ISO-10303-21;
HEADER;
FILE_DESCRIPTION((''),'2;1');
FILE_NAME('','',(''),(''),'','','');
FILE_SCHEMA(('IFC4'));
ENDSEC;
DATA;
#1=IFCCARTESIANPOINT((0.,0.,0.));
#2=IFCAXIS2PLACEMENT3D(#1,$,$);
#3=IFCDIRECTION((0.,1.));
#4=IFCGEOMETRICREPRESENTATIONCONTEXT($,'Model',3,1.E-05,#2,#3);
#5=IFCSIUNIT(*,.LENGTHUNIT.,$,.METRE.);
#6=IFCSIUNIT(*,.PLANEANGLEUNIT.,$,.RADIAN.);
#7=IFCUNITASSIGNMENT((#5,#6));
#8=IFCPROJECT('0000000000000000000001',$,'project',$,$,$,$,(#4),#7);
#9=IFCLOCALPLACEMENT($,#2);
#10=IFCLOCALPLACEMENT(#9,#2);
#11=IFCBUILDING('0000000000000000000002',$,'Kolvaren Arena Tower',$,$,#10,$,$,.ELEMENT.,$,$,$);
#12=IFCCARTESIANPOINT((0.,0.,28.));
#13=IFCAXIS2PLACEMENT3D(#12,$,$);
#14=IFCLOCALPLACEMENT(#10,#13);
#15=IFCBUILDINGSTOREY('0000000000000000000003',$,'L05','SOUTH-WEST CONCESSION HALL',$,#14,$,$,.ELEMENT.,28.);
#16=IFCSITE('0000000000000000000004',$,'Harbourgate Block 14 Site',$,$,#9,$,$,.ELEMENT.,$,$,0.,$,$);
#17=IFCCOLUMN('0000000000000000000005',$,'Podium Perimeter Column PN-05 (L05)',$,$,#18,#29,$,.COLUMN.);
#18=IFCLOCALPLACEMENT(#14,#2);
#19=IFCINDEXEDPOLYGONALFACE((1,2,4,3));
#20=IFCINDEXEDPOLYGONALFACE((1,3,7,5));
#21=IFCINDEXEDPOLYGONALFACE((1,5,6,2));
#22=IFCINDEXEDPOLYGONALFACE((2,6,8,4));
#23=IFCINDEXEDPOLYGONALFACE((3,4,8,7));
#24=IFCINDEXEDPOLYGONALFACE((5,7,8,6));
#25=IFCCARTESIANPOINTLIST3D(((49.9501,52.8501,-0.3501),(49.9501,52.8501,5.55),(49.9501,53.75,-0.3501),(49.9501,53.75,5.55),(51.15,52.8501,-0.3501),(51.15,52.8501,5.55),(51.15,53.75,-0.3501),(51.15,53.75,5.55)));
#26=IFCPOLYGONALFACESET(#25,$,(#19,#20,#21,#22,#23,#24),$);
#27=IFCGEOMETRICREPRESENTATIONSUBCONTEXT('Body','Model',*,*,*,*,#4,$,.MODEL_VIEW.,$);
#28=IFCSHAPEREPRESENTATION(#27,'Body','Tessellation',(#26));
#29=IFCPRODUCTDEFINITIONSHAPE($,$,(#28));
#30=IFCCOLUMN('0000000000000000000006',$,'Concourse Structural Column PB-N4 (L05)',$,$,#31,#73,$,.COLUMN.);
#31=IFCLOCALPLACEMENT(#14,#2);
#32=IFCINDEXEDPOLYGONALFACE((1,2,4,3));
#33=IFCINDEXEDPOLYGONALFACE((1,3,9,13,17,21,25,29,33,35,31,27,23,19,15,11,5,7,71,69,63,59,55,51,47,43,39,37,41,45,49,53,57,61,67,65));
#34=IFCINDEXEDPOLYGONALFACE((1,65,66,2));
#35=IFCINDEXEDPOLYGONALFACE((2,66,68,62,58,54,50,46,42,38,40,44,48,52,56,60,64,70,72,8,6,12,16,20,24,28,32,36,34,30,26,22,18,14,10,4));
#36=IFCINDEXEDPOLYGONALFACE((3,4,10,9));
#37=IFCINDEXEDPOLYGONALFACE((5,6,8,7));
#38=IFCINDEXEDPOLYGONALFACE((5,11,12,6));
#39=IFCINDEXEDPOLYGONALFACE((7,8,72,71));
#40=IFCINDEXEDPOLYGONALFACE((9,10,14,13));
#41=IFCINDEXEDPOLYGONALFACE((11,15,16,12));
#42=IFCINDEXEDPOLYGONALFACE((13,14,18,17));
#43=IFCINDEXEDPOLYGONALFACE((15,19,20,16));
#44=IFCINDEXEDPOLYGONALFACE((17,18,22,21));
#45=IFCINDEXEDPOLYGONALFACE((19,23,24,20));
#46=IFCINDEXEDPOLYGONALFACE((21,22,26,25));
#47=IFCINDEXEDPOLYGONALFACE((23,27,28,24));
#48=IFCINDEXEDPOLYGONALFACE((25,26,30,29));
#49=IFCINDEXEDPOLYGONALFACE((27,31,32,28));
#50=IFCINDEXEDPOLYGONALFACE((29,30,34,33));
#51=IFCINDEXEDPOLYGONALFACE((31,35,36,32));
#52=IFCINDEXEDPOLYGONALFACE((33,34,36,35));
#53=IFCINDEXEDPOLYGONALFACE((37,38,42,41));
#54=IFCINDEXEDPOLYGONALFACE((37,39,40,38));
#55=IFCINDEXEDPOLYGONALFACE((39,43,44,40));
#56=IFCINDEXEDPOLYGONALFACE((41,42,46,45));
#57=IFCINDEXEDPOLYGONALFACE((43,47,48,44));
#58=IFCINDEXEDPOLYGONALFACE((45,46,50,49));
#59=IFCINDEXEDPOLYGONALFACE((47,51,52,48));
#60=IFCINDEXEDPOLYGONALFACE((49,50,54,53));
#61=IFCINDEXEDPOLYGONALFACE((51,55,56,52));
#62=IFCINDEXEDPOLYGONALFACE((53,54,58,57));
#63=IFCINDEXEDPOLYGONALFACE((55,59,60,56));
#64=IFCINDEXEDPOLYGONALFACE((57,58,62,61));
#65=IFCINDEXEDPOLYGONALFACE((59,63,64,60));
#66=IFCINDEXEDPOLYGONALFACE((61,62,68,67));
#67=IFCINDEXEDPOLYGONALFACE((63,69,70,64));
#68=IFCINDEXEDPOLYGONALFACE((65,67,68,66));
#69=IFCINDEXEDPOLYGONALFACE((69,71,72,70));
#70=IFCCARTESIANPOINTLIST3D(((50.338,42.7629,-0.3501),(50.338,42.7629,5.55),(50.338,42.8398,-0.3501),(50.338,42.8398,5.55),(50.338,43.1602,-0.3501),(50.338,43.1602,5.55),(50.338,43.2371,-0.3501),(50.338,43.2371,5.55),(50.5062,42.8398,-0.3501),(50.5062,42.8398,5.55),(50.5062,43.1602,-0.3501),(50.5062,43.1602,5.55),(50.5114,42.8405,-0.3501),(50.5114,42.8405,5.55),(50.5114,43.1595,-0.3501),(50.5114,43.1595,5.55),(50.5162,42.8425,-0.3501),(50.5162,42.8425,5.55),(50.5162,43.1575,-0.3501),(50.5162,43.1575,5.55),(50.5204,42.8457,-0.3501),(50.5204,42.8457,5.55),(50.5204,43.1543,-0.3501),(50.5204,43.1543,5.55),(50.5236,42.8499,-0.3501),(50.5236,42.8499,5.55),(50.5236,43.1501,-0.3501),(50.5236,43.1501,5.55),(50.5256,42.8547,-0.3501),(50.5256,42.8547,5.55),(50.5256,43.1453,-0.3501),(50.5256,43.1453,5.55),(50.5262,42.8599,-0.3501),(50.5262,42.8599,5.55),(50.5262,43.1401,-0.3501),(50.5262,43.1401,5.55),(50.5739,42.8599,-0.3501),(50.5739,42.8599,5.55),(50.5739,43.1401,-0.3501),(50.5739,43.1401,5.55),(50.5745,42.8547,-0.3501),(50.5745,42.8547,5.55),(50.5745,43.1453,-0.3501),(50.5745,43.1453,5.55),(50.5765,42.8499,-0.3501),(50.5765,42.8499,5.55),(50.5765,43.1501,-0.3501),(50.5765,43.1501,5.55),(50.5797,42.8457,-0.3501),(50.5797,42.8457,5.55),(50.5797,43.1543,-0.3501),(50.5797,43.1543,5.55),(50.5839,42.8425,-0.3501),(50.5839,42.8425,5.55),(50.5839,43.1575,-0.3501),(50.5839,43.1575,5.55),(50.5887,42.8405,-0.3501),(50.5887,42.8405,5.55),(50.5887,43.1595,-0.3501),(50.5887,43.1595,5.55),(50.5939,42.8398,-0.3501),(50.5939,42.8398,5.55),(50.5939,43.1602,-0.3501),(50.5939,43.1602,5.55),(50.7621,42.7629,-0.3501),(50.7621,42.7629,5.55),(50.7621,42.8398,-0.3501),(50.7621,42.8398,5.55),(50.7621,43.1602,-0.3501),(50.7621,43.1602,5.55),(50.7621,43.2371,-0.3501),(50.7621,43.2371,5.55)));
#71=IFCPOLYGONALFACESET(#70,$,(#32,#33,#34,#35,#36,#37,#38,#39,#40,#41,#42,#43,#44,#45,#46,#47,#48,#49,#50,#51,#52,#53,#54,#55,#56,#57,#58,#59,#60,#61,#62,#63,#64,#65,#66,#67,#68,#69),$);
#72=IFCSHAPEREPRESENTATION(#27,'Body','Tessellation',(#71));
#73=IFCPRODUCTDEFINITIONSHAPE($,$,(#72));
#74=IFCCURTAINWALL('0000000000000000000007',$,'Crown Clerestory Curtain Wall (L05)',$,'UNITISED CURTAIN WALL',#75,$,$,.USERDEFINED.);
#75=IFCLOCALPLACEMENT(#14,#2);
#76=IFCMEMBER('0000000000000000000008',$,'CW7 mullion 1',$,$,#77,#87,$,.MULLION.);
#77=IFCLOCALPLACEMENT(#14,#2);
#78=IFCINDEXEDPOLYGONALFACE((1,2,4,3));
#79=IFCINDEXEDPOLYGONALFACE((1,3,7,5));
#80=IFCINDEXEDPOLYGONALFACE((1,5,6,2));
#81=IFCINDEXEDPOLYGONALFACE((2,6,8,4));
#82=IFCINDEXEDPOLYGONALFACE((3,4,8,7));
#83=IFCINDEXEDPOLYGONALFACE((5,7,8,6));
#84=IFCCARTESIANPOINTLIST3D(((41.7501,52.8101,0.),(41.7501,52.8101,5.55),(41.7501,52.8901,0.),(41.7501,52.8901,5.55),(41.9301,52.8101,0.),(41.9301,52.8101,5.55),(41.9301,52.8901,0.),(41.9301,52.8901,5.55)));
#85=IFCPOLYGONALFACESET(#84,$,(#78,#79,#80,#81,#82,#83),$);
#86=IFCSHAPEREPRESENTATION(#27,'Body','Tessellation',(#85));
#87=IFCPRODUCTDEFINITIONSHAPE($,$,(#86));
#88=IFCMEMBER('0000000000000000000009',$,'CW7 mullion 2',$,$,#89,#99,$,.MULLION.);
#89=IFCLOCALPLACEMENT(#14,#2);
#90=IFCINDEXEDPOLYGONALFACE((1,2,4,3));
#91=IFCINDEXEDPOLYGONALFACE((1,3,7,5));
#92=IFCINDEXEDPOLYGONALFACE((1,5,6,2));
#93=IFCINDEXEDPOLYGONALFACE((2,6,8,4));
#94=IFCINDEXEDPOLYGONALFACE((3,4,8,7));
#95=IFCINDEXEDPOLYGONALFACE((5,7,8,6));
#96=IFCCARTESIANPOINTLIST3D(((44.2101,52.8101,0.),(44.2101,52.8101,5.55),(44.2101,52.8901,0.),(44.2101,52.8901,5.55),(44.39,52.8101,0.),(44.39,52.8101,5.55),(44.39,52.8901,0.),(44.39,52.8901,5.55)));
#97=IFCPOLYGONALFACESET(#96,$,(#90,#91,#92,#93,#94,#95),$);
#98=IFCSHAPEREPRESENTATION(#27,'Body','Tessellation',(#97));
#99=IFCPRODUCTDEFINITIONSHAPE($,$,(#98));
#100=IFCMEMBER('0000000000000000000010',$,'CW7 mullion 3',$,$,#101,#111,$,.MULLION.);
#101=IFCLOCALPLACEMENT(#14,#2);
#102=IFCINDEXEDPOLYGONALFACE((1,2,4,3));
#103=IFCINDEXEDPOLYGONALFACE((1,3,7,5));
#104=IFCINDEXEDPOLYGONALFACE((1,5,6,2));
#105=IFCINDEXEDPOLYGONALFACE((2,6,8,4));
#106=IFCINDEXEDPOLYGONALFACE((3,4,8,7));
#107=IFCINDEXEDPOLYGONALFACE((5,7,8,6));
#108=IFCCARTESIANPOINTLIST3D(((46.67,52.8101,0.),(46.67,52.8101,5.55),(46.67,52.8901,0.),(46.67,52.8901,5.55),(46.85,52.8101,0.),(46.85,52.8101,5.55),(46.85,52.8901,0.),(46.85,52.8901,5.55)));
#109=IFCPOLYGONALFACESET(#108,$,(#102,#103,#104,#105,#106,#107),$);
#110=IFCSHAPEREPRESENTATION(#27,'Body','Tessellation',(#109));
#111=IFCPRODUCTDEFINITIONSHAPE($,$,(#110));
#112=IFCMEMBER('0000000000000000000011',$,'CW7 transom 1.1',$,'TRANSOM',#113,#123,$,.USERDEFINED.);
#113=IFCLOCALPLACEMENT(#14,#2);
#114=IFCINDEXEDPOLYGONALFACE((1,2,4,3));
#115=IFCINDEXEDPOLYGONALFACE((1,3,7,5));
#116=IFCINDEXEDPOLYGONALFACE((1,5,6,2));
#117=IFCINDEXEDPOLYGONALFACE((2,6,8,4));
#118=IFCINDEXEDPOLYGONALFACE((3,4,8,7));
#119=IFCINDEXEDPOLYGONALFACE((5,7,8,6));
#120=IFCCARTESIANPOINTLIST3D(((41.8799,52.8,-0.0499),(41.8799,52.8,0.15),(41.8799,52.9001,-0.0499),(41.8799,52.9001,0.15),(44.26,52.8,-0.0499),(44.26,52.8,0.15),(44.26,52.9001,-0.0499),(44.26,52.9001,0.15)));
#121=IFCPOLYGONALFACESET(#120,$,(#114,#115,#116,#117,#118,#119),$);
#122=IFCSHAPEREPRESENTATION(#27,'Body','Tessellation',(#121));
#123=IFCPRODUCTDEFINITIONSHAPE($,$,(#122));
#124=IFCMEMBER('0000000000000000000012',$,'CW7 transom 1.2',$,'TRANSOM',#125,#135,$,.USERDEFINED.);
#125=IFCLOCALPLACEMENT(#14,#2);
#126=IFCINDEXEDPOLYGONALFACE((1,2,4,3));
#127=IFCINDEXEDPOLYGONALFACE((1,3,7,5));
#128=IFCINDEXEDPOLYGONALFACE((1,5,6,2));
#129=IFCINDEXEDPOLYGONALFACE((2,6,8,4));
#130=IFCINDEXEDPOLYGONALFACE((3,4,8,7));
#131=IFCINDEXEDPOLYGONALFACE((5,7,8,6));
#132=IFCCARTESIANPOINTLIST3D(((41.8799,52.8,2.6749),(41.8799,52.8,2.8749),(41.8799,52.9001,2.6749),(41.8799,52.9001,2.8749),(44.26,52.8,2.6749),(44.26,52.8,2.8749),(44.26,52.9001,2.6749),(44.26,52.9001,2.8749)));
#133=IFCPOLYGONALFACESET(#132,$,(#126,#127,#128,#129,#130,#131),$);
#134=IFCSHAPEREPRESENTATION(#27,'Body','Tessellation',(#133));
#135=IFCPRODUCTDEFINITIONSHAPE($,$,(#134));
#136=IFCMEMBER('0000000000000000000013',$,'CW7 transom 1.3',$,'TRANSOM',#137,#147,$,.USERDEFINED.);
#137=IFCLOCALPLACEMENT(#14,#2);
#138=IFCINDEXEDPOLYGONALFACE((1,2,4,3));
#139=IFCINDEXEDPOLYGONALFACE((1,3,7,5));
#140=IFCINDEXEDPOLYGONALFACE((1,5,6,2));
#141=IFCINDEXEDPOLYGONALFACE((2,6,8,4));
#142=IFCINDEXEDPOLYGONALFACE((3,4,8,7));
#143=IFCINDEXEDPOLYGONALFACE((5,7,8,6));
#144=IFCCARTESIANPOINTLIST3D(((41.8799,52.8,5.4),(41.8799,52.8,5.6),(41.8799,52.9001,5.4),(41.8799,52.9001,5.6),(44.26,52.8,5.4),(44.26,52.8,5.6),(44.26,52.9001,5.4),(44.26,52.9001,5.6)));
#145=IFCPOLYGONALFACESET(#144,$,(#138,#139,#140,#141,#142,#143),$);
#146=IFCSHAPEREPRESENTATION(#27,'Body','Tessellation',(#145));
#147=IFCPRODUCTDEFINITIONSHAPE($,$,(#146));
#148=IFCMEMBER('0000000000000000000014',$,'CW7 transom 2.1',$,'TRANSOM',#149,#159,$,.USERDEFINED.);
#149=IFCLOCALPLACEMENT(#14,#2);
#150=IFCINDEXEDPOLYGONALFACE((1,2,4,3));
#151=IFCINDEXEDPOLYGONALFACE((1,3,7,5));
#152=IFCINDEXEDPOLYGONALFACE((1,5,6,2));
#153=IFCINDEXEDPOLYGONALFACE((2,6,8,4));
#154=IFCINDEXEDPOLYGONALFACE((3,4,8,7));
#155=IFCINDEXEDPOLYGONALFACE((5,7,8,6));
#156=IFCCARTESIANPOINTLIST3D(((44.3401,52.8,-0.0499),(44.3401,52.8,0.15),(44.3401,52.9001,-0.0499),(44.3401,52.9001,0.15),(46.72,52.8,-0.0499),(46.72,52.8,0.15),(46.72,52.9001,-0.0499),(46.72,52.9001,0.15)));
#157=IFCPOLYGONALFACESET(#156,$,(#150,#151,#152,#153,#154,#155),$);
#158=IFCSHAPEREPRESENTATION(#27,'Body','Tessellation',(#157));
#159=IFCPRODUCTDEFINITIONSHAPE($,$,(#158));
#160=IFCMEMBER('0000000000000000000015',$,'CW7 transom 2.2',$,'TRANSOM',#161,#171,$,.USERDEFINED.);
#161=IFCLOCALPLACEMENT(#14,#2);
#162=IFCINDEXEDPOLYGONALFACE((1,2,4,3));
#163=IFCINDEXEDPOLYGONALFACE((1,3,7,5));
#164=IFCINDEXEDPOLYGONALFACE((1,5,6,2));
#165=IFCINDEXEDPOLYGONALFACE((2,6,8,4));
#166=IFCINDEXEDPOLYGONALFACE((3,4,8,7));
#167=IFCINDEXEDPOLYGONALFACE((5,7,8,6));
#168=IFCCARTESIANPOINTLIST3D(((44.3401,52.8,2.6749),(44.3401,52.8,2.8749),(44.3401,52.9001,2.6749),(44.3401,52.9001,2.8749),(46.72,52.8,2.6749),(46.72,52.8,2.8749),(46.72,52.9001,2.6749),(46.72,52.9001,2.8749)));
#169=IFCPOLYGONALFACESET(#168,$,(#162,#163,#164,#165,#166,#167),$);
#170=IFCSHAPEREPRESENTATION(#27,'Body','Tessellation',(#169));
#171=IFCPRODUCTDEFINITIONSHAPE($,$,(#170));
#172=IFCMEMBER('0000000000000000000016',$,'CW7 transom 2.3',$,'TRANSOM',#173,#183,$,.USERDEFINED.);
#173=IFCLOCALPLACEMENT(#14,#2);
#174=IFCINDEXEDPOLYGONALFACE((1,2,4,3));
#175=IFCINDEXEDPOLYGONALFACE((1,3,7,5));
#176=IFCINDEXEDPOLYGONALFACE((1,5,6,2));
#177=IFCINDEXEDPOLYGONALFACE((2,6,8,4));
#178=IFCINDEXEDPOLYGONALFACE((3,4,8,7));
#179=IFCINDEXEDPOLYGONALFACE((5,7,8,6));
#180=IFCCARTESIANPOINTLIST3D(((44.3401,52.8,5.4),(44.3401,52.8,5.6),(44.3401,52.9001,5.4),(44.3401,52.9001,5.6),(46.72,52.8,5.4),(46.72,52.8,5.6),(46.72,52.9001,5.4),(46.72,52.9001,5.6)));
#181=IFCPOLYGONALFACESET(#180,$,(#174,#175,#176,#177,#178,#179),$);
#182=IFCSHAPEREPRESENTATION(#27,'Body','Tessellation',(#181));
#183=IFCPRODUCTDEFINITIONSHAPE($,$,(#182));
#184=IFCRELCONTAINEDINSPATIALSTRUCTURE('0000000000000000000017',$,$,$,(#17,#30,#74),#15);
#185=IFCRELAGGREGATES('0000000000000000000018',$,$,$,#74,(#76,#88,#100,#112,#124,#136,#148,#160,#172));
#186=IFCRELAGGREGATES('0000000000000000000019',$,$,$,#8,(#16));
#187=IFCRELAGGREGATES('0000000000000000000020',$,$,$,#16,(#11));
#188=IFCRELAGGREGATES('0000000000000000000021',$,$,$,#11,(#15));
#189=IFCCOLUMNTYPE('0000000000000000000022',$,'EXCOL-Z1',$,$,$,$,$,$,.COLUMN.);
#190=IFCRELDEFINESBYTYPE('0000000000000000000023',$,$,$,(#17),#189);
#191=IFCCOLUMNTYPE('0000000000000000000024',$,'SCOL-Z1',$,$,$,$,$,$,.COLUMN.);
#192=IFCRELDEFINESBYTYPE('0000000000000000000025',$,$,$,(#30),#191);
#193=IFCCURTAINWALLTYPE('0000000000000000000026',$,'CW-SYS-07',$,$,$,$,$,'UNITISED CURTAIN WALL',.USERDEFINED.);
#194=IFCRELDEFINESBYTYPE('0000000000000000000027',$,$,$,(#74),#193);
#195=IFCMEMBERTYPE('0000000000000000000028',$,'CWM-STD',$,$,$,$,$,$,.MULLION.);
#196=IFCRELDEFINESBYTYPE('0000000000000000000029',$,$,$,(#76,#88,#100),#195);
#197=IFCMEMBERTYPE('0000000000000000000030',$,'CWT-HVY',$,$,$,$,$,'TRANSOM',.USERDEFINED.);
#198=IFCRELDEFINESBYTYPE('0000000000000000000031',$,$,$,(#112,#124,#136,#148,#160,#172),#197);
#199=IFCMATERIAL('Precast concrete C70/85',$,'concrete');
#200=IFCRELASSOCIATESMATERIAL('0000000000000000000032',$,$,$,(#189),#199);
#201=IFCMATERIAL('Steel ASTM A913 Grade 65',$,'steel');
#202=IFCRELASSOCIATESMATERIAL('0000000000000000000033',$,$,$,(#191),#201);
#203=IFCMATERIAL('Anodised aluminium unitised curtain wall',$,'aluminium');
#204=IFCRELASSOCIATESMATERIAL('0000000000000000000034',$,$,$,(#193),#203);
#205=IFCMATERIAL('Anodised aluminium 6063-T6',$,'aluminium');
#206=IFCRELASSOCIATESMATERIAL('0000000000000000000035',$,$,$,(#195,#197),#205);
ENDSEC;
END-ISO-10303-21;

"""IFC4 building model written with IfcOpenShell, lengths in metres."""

from ifc_helpers import new_model, si_unit, direction, frame, origin, origin_2d, place, context, subcontext, project, spatial, rectangle, i_section, extrude, material, material_profile, profile_set, type_object, element, aggregate, save


model = new_model("IFC4")

# Units and contexts
model_context = context("Model", 3, precision=1e-05, world=origin(), true_north=direction((0.0, 1.0)))
body_context = subcontext(model_context, "Body", "Model", "MODEL_VIEW")
ifc_project = project(units=[si_unit("LENGTHUNIT", "METRE"), si_unit("PLANEANGLEUNIT", "RADIAN")], contexts=[model_context])

# Site, building, storey
site_placement = place(None, origin())
site = spatial("IfcSite", under=ifc_project, at=site_placement, Name="Harbourgate Block 14 Site", CompositionType="ELEMENT", RefElevation=0.0)
building_placement = place(site_placement, origin())
building = spatial("IfcBuilding", under=site, at=building_placement, Name="Kolvaren Arena Tower", CompositionType="ELEMENT")
storey_placement = place(building_placement, frame((0.0, 0.0, 28.0)))
storey = spatial("IfcBuildingStorey", under=building, at=storey_placement, Name="L05", Description="SOUTH-WEST CONCESSION HALL", CompositionType="ELEMENT", Elevation=28.0)

# Columns
ifc_material_1 = material(Name="Precast concrete C70/85", Category="concrete")
ifc_material_profile_1 = material_profile(ifc_material_1, rectangle(XDim=1.2, YDim=0.8999, at=origin_2d()), Name="RC-1200x900")
ifc_profile_set_1 = profile_set([ifc_material_profile_1], Name="Precast concrete C70/85")
column_type_1 = type_object("IfcColumnType", Name="EXCOL-Z1", PredefinedType="COLUMN", material=ifc_profile_set_1)
column_1_placement = place(storey_placement, frame((50.55, 53.3, -0.3501), z_axis=(0.0, 0.0, 1.0), x_axis=(1.0, 0.0, 0.0)))
element("IfcColumn", 1, at=column_1_placement, inside=storey, type_object=column_type_1, Name="Podium Perimeter Column PN-05 (L05)", PredefinedType="COLUMN", context=body_context, shape_type="SweptSolid", body=[
    extrude(rectangle(XDim=1.2, YDim=0.8999, at=origin_2d()), origin(), (0.0, 0.0, 1.0), 5.9001),
])
ifc_material_2 = material(Name="Steel ASTM A913 Grade 65", Category="steel")
ifc_material_profile_2 = material_profile(ifc_material_2, i_section(OverallWidth=0.4241, OverallDepth=0.4741, WebThickness=0.0476, FlangeThickness=0.0769, FilletRadius=0.02, at=origin_2d()), Name="W360x634")
ifc_profile_set_2 = profile_set([ifc_material_profile_2], Name="Steel ASTM A913 Grade 65")
column_type_2 = type_object("IfcColumnType", Name="SCOL-Z1", PredefinedType="COLUMN", material=ifc_profile_set_2)
column_2_placement = place(storey_placement, frame((50.55, 43.0, -0.3501), z_axis=(0.0, 0.0, 1.0), x_axis=(1.0, 0.0, 0.0)))
element("IfcColumn", 2, at=column_2_placement, inside=storey, type_object=column_type_2, Name="Concourse Structural Column PB-N4 (L05)", PredefinedType="COLUMN", context=body_context, shape_type="SweptSolid", body=[
    extrude(i_section(OverallWidth=0.4241, OverallDepth=0.4741, WebThickness=0.0476, FlangeThickness=0.0769, FilletRadius=0.02, at=origin_2d()), origin(), (0.0, 0.0, 1.0), 5.9001),
])

# Curtain wall, members
ifc_material_3 = material(Name="Anodised aluminium unitised curtain wall", Category="aluminium")
curtain_wall_type = type_object("IfcCurtainWallType", Name="CW-SYS-07", ElementType="UNITISED CURTAIN WALL", PredefinedType="USERDEFINED", material=ifc_material_3)
curtain_wall_placement = place(storey_placement, origin())
curtain_wall = element("IfcCurtainWall", 3, at=curtain_wall_placement, inside=storey, type_object=curtain_wall_type, Name="Crown Clerestory Curtain Wall (L05)", ObjectType="UNITISED CURTAIN WALL", PredefinedType="USERDEFINED")
ifc_material_4 = material(Name="Anodised aluminium 6063-T6", Category="aluminium")
ifc_material_profile_3 = material_profile(ifc_material_4, rectangle(XDim=0.0801, YDim=0.1799, at=origin_2d()), Name="ALU-80x180")
ifc_profile_set_3 = profile_set([ifc_material_profile_3], Name="Anodised aluminium 6063-T6")
member_type_1 = type_object("IfcMemberType", Name="CWM-STD", PredefinedType="MULLION", material=ifc_profile_set_3)
member_1_placement = place(storey_placement, frame((41.8401, 52.8501, 0.0), z_axis=(0.0, 0.0, 1.0), x_axis=(0.0, 1.0, 0.0)))
member_1 = element("IfcMember", 4, at=member_1_placement, type_object=member_type_1, Name="CW7 mullion 1", PredefinedType="MULLION", context=body_context, shape_type="SweptSolid", body=[
    extrude(rectangle(XDim=0.0801, YDim=0.1799, at=origin_2d()), origin(), (0.0, 0.0, 1.0), 5.55),
])
member_2_placement = place(storey_placement, frame((44.3, 52.8501, 0.0), z_axis=(0.0, 0.0, 1.0), x_axis=(0.0, 1.0, 0.0)))
member_2 = element("IfcMember", 5, at=member_2_placement, type_object=member_type_1, Name="CW7 mullion 2", PredefinedType="MULLION", context=body_context, shape_type="SweptSolid", body=[
    extrude(rectangle(XDim=0.0801, YDim=0.1799, at=origin_2d()), origin(), (0.0, 0.0, 1.0), 5.55),
])
member_3_placement = place(storey_placement, frame((46.76, 52.8501, 0.0), z_axis=(0.0, 0.0, 1.0), x_axis=(0.0, 1.0, 0.0)))
member_3 = element("IfcMember", 6, at=member_3_placement, type_object=member_type_1, Name="CW7 mullion 3", PredefinedType="MULLION", context=body_context, shape_type="SweptSolid", body=[
    extrude(rectangle(XDim=0.0801, YDim=0.1799, at=origin_2d()), origin(), (0.0, 0.0, 1.0), 5.55),
])
ifc_material_profile_4 = material_profile(ifc_material_4, rectangle(XDim=0.1001, YDim=0.2, at=origin_2d()), Name="ALU-100x200")
ifc_profile_set_4 = profile_set([ifc_material_profile_4], Name="Anodised aluminium 6063-T6")
member_type_2 = type_object("IfcMemberType", Name="CWT-HVY", ElementType="TRANSOM", PredefinedType="USERDEFINED", material=ifc_profile_set_4)
member_4_placement = place(storey_placement, frame((41.8799, 52.8501, 0.05), z_axis=(1.0, 0.0, 0.0), x_axis=(0.0, 1.0, 0.0)))
member_4 = element("IfcMember", 7, at=member_4_placement, type_object=member_type_2, Name="CW7 transom 1.1", ObjectType="TRANSOM", PredefinedType="USERDEFINED", context=body_context, shape_type="SweptSolid", body=[
    extrude(rectangle(XDim=0.1001, YDim=0.2, at=origin_2d()), origin(), (0.0, 0.0, 1.0), 2.3801),
])
member_5_placement = place(storey_placement, frame((41.8799, 52.8501, 2.7749), z_axis=(1.0, 0.0, 0.0), x_axis=(0.0, 1.0, 0.0)))
member_5 = element("IfcMember", 8, at=member_5_placement, type_object=member_type_2, Name="CW7 transom 1.2", ObjectType="TRANSOM", PredefinedType="USERDEFINED", context=body_context, shape_type="SweptSolid", body=[
    extrude(rectangle(XDim=0.1001, YDim=0.2, at=origin_2d()), origin(), (0.0, 0.0, 1.0), 2.3801),
])
member_6_placement = place(storey_placement, frame((41.8799, 52.8501, 5.5), z_axis=(1.0, 0.0, 0.0), x_axis=(0.0, 1.0, 0.0)))
member_6 = element("IfcMember", 9, at=member_6_placement, type_object=member_type_2, Name="CW7 transom 1.3", ObjectType="TRANSOM", PredefinedType="USERDEFINED", context=body_context, shape_type="SweptSolid", body=[
    extrude(rectangle(XDim=0.1001, YDim=0.2, at=origin_2d()), origin(), (0.0, 0.0, 1.0), 2.3801),
])
member_7_placement = place(storey_placement, frame((44.3401, 52.8501, 0.05), z_axis=(1.0, 0.0, 0.0), x_axis=(0.0, 1.0, 0.0)))
member_7 = element("IfcMember", 10, at=member_7_placement, type_object=member_type_2, Name="CW7 transom 2.1", ObjectType="TRANSOM", PredefinedType="USERDEFINED", context=body_context, shape_type="SweptSolid", body=[
    extrude(rectangle(XDim=0.1001, YDim=0.2, at=origin_2d()), origin(), (0.0, 0.0, 1.0), 2.3799),
])
member_8_placement = place(storey_placement, frame((44.3401, 52.8501, 2.7749), z_axis=(1.0, 0.0, 0.0), x_axis=(0.0, 1.0, 0.0)))
member_8 = element("IfcMember", 11, at=member_8_placement, type_object=member_type_2, Name="CW7 transom 2.2", ObjectType="TRANSOM", PredefinedType="USERDEFINED", context=body_context, shape_type="SweptSolid", body=[
    extrude(rectangle(XDim=0.1001, YDim=0.2, at=origin_2d()), origin(), (0.0, 0.0, 1.0), 2.3799),
])
member_9_placement = place(storey_placement, frame((44.3401, 52.8501, 5.5), z_axis=(1.0, 0.0, 0.0), x_axis=(0.0, 1.0, 0.0)))
member_9 = element("IfcMember", 12, at=member_9_placement, type_object=member_type_2, Name="CW7 transom 2.3", ObjectType="TRANSOM", PredefinedType="USERDEFINED", context=body_context, shape_type="SweptSolid", body=[
    extrude(rectangle(XDim=0.1001, YDim=0.2, at=origin_2d()), origin(), (0.0, 0.0, 1.0), 2.3799),
])

aggregate(curtain_wall, [member_1, member_2, member_3, member_4, member_5, member_6, member_7, member_8, member_9])

save(model, "model.ifc")
